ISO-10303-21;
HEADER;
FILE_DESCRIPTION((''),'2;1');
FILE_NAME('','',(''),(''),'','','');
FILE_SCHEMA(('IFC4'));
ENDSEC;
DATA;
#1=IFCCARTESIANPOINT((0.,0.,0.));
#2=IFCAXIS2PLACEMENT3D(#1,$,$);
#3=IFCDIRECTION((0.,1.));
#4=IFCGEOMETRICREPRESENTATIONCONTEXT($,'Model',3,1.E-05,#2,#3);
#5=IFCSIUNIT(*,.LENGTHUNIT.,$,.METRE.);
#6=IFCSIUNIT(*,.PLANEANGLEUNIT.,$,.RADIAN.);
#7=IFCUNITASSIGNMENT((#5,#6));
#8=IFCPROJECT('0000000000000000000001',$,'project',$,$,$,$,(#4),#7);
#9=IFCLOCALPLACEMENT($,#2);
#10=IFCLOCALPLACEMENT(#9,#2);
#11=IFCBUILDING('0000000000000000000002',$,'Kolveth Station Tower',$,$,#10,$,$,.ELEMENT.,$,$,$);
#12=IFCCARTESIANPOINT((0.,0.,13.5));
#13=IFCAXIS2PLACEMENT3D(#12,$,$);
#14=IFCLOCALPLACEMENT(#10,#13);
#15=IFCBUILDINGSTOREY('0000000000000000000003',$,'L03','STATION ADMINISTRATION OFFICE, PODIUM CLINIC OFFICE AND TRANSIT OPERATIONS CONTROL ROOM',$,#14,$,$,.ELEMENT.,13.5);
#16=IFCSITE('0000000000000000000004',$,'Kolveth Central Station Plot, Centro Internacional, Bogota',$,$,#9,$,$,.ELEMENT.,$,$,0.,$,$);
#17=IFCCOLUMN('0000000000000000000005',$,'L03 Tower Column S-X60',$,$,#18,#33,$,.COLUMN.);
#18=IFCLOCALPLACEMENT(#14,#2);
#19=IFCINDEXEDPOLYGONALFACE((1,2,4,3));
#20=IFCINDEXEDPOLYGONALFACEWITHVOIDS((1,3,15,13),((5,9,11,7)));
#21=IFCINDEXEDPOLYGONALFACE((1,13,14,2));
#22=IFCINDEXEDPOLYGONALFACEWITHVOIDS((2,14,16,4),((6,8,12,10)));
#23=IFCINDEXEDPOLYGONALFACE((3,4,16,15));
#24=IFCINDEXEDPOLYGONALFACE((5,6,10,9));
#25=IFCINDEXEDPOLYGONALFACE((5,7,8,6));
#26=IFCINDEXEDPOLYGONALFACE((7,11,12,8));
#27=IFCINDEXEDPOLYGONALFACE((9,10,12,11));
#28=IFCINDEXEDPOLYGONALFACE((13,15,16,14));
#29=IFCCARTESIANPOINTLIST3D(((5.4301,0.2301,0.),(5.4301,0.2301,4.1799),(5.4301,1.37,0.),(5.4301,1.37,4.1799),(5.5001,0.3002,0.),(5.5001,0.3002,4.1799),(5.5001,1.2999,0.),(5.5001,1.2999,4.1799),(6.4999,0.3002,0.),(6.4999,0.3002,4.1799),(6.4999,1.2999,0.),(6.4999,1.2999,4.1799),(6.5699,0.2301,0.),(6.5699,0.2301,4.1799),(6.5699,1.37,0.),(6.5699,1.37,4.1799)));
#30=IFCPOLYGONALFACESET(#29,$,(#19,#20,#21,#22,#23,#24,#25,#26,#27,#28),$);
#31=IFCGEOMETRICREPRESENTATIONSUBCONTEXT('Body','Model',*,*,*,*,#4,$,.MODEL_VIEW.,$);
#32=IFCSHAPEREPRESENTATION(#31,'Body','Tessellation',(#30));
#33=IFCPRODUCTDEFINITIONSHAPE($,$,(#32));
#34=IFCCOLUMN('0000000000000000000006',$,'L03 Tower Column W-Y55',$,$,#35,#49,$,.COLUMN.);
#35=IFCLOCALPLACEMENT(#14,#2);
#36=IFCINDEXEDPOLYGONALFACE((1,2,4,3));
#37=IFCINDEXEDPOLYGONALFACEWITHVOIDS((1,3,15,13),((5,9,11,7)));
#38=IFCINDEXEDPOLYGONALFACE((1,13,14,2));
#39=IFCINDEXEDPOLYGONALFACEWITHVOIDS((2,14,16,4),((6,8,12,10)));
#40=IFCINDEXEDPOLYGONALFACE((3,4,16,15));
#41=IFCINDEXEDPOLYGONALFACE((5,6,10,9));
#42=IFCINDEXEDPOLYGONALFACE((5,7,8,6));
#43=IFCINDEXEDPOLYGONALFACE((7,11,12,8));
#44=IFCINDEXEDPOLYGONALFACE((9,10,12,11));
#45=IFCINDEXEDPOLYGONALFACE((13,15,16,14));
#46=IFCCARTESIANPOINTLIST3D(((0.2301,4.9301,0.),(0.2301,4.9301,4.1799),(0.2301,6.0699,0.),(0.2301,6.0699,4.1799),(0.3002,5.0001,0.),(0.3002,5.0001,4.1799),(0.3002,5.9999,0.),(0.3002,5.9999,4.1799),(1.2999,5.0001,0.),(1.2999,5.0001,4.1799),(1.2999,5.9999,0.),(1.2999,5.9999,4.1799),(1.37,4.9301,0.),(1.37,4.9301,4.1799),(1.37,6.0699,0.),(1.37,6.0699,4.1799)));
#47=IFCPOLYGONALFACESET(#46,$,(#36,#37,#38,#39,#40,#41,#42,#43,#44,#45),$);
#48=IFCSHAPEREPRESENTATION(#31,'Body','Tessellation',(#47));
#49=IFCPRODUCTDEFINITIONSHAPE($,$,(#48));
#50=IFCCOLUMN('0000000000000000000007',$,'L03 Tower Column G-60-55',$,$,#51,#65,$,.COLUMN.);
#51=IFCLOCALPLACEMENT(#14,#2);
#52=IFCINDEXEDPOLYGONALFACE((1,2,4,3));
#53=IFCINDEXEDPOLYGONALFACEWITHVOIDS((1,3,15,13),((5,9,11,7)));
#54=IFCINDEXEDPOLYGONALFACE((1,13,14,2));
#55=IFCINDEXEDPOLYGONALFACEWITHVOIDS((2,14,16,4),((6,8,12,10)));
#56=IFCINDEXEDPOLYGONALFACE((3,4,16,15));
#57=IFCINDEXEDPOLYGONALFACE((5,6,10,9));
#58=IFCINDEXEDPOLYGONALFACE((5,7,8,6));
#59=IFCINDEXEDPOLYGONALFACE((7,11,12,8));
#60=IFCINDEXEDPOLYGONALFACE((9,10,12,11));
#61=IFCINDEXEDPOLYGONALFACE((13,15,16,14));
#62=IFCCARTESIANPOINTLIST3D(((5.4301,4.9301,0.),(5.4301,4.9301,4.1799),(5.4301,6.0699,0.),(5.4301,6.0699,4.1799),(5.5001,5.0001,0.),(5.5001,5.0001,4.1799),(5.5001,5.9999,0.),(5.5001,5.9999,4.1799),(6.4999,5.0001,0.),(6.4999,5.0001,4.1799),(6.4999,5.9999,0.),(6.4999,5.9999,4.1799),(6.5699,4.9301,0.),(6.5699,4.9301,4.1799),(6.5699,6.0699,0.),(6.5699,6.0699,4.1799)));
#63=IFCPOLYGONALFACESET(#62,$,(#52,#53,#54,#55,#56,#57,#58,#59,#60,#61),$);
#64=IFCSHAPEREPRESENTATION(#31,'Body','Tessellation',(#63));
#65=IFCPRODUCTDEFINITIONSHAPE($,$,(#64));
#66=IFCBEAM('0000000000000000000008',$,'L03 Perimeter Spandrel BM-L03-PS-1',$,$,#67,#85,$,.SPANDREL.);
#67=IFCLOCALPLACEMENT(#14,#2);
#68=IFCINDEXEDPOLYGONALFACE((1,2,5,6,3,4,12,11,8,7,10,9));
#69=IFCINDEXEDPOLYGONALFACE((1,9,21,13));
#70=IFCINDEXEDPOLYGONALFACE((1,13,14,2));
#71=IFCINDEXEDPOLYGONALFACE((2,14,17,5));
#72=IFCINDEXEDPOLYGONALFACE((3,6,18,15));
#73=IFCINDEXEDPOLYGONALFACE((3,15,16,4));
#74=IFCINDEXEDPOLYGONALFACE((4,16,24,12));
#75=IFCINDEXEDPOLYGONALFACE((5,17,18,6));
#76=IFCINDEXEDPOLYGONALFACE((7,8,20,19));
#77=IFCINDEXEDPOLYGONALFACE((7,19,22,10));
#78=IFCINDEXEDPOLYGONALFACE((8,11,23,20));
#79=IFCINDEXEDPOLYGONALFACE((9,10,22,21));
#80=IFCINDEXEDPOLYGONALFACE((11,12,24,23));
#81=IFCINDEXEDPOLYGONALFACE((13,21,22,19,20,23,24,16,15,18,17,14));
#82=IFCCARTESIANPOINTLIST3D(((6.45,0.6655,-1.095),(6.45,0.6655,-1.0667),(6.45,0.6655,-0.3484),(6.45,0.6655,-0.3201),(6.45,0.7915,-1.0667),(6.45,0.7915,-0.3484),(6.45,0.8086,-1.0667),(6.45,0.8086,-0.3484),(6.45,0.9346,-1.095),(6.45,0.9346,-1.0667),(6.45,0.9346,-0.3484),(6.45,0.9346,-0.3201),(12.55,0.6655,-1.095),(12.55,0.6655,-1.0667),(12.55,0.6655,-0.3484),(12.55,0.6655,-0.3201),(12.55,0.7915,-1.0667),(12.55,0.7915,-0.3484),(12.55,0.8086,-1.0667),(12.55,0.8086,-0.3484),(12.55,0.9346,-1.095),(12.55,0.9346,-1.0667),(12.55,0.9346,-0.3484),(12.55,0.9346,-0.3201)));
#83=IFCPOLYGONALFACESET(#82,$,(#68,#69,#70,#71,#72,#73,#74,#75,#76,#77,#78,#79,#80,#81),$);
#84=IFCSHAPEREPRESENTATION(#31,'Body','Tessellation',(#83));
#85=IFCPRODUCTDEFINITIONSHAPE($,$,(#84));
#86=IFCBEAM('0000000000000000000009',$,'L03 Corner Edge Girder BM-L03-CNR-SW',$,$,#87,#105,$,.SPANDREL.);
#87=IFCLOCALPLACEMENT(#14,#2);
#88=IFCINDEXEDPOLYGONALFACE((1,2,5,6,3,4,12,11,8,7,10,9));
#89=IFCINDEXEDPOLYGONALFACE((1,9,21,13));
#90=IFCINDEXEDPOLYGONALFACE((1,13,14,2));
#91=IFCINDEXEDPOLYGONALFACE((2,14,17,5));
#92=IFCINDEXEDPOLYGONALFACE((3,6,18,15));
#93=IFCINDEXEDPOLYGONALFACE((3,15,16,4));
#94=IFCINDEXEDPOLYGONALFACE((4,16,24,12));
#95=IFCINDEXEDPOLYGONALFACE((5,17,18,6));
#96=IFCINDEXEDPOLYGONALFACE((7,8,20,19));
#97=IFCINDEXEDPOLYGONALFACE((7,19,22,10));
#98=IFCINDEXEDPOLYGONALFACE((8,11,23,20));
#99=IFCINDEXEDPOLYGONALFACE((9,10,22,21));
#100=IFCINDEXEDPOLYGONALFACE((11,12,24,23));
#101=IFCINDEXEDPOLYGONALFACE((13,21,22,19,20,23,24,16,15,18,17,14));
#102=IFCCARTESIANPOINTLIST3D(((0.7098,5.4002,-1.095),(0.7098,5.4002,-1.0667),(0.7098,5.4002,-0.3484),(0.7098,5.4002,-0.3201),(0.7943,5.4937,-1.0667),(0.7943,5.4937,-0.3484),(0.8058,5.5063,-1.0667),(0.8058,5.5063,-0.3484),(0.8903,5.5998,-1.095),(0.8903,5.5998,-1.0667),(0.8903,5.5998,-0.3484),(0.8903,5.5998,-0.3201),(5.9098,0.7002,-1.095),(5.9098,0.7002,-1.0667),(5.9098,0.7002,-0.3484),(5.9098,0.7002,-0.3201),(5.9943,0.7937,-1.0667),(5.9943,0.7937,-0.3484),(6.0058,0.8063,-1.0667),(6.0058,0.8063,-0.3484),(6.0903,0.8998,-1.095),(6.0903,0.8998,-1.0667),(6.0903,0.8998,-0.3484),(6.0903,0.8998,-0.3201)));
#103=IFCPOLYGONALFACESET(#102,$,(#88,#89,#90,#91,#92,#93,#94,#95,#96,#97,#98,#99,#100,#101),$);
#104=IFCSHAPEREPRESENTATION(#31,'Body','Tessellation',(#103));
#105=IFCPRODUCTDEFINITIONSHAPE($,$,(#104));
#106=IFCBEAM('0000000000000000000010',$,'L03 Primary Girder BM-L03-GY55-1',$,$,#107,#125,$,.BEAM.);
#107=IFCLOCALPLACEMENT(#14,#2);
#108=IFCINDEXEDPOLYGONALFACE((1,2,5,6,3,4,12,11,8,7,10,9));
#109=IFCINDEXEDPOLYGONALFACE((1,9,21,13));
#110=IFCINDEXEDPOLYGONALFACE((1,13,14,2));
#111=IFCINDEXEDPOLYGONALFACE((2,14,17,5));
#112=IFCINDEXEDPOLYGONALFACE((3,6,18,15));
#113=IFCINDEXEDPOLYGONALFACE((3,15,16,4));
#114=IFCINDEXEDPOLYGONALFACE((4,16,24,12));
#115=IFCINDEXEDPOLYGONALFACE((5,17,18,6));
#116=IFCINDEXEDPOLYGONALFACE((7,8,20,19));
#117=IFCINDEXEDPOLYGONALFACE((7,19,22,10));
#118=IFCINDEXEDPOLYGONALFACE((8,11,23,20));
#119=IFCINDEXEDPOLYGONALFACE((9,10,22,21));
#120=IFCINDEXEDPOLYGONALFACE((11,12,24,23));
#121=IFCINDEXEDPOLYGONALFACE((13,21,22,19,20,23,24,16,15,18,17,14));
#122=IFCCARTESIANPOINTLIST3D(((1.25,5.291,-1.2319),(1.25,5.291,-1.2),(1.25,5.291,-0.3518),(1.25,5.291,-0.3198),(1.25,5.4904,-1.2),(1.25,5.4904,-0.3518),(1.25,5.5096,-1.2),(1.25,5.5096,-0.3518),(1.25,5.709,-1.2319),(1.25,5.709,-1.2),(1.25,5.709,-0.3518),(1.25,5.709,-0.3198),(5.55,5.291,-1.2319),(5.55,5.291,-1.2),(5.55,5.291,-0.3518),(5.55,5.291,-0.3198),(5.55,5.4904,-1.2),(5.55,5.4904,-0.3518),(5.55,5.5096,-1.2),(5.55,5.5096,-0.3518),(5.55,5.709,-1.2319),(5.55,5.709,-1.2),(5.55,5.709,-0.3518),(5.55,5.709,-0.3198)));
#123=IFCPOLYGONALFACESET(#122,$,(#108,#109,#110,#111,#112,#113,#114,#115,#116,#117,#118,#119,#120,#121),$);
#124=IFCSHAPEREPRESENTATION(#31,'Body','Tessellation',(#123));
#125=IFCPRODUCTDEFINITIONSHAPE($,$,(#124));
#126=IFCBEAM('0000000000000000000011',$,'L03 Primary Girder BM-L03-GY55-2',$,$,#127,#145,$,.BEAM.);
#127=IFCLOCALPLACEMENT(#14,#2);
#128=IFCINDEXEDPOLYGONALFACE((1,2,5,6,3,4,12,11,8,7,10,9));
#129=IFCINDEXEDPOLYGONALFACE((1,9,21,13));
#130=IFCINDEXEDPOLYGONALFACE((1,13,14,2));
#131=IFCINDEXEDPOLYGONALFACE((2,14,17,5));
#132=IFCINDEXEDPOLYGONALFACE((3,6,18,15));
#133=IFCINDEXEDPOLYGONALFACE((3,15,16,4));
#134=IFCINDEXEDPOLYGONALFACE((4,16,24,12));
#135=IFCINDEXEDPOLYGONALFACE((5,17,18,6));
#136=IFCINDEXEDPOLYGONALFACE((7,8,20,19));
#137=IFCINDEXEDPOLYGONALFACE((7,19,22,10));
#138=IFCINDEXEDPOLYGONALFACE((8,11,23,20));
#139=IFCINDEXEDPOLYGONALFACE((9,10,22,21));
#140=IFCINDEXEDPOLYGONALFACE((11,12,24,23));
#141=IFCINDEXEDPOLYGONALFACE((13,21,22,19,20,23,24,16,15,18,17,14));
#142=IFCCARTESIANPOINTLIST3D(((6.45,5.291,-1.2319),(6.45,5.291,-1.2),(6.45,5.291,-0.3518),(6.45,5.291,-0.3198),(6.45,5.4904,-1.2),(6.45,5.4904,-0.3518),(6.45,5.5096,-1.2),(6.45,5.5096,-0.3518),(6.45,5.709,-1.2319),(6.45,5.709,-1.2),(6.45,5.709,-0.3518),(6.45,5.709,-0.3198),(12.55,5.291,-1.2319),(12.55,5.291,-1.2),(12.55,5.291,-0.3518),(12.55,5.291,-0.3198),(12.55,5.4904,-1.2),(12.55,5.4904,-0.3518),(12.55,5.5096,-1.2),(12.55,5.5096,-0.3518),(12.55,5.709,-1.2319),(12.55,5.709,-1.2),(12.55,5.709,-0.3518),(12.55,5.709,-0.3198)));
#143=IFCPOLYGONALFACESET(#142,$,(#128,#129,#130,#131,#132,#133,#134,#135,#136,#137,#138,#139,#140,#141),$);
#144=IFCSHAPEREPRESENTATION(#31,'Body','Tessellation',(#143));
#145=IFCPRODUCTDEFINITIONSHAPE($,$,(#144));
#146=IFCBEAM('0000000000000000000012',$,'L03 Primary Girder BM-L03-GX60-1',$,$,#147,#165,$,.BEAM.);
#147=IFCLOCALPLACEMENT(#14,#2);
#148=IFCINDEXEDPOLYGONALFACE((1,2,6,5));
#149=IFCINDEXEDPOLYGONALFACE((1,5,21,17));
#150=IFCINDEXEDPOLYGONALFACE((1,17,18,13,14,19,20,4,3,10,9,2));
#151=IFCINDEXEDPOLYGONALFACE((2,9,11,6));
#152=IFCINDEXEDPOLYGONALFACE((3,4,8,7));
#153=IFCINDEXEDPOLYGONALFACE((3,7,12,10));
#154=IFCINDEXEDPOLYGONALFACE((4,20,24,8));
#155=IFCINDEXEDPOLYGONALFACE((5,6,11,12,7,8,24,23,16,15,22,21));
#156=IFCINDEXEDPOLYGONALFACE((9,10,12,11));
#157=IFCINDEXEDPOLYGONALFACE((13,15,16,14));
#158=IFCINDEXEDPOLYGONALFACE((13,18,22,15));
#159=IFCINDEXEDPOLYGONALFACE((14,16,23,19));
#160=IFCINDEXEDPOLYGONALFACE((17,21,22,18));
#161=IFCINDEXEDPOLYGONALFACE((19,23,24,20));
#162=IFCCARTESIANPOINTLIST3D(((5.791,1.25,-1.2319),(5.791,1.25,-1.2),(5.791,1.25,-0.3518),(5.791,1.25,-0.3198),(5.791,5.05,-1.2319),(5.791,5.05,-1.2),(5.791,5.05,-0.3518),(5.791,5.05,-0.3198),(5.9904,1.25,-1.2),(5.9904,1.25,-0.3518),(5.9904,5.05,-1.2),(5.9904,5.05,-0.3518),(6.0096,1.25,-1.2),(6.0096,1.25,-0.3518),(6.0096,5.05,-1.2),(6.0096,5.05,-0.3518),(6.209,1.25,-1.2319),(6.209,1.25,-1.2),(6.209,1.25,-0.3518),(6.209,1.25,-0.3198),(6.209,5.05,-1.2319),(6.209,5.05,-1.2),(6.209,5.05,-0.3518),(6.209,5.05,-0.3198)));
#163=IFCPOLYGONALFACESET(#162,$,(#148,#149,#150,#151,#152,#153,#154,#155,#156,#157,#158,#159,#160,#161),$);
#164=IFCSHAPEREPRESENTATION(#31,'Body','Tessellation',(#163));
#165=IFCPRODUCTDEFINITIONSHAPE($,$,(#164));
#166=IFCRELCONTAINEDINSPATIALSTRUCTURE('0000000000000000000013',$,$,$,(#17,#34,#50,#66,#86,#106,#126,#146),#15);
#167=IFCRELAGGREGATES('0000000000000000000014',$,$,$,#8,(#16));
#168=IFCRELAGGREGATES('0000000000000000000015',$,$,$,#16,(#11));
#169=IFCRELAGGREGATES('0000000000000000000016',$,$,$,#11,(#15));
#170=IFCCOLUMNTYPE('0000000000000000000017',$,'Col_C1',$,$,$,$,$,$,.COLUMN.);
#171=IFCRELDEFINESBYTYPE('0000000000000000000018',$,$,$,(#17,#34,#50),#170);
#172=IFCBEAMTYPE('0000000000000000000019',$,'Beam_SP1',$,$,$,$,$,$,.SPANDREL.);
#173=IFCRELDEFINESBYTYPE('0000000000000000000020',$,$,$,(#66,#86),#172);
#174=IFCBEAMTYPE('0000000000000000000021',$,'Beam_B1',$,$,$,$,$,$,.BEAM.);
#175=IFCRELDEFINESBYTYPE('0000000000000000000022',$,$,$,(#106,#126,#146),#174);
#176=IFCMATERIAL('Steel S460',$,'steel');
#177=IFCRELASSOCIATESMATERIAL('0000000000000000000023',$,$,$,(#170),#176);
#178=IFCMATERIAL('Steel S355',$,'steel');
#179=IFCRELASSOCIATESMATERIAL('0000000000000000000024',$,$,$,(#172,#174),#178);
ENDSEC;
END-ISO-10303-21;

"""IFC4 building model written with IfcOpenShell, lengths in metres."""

from ifc_helpers import new_model, si_unit, direction, frame, origin, origin_2d, place, context, subcontext, project, spatial, hollow_rectangle, i_section, extrude, source, transform, mapped, material, material_profile, profile_set, type_object, element, save


model = new_model("IFC4")

# Units and contexts
model_context = context("Model", 3, precision=1e-05, world=origin(), true_north=direction((0.0, 1.0)))
body_context = subcontext(model_context, "Body", "Model", "MODEL_VIEW")
ifc_project = project(units=[si_unit("LENGTHUNIT", "METRE"), si_unit("PLANEANGLEUNIT", "RADIAN")], contexts=[model_context])

# Site, building, storey
site_placement = place(None, origin())
site = spatial("IfcSite", under=ifc_project, at=site_placement, Name="Kolveth Central Station Plot, Centro Internacional, Bogota", CompositionType="ELEMENT", RefElevation=0.0)
building_placement = place(site_placement, origin())
building = spatial("IfcBuilding", under=site, at=building_placement, Name="Kolveth Station Tower", CompositionType="ELEMENT")
storey_placement = place(building_placement, frame((0.0, 0.0, 13.5)))
storey = spatial("IfcBuildingStorey", under=building, at=storey_placement, Name="L03", Description="STATION ADMINISTRATION OFFICE, PODIUM CLINIC OFFICE AND TRANSIT OPERATIONS CONTROL ROOM", CompositionType="ELEMENT", Elevation=13.5)

# Columns
ifc_material_1 = material(Name="Steel S460", Category="steel")
ifc_material_profile_1 = material_profile(ifc_material_1, hollow_rectangle(XDim=1.1399, YDim=1.1399, WallThickness=0.0701, at=origin_2d()), Name="BOX1140x1140x70")
ifc_profile_set_1 = profile_set([ifc_material_profile_1], Name="Steel S460")
column_type = type_object("IfcColumnType", Name="Col_C1", PredefinedType="COLUMN", material=ifc_profile_set_1)
shared_shape_1 = source(origin(), body_context, "Body", "SweptSolid", [
    extrude(hollow_rectangle(XDim=1.1399, YDim=1.1399, WallThickness=0.0701, at=origin_2d()), origin(), (0.0, 0.0, 1.0), 4.1799),
])
for number, where, z_axis, x_axis, name in (
    (1, (6.0, 0.8, 0.0), (0.0, 0.0, 1.0), (1.0, 0.0, 0.0), "L03 Tower Column S-X60"),
    (2, (0.8, 5.5, 0.0), (0.0, 0.0, 1.0), (1.0, 0.0, 0.0), "L03 Tower Column W-Y55"),
    (3, (6.0, 5.5, 0.0), (0.0, 0.0, 1.0), (1.0, 0.0, 0.0), "L03 Tower Column G-60-55"),
):
    element("IfcColumn", number, at=place(storey_placement, frame(where, z_axis=z_axis, x_axis=x_axis)), inside=storey, type_object=column_type, Name=name, PredefinedType="COLUMN", context=body_context, shape_type="MappedRepresentation", body=[
        mapped(shared_shape_1, transform((0.0, 0.0, 0.0), x_axis=(1.0, 0.0, 0.0), y_axis=(0.0, 1.0, 0.0), z_axis=(0.0, 0.0, 1.0), scale=1.0)),
    ])

# Beams
ifc_material_2 = material(Name="Steel S355", Category="steel")
ifc_material_profile_2 = material_profile(ifc_material_2, i_section(OverallWidth=0.269, OverallDepth=0.7749, WebThickness=0.0171, FlangeThickness=0.0283, at=origin_2d()), Name="W760x220")
ifc_profile_set_2 = profile_set([ifc_material_profile_2], Name="Steel S355")
beam_type_1 = type_object("IfcBeamType", Name="Beam_SP1", PredefinedType="SPANDREL", material=ifc_profile_set_2)
shared_shape_2 = source(origin(), body_context, "Body", "SweptSolid", [
    extrude(i_section(OverallWidth=0.269, OverallDepth=0.7749, WebThickness=0.0171, FlangeThickness=0.0283, at=origin_2d()), origin(), (0.0, 0.0, 1.0), 6.1001),
])
beam_1_placement = place(storey_placement, frame((6.45, 0.8, -0.7075), z_axis=(1.0, 0.0, 0.0), x_axis=(0.0, 1.0, 0.0)))
element("IfcBeam", 4, at=beam_1_placement, inside=storey, type_object=beam_type_1, Name="L03 Perimeter Spandrel BM-L03-PS-1", PredefinedType="SPANDREL", context=body_context, shape_type="MappedRepresentation", body=[
    mapped(shared_shape_2, transform((0.0, 0.0, 0.0), x_axis=(1.0, 0.0, 0.0), y_axis=(0.0, 1.0, 0.0), z_axis=(0.0, 0.0, 1.0), scale=1.0)),
])
shared_shape_3 = source(origin(), body_context, "Body", "SweptSolid", [
    extrude(i_section(OverallWidth=0.269, OverallDepth=0.7749, WebThickness=0.0171, FlangeThickness=0.0283, at=origin_2d()), origin(), (0.0, 0.0, 1.0), 7.0093),
])
beam_2_placement = place(storey_placement, frame((0.8, 5.5, -0.7075), z_axis=(0.741874, -0.670539, 0.0), x_axis=(0.670539, 0.741874, 0.0)))
element("IfcBeam", 5, at=beam_2_placement, inside=storey, type_object=beam_type_1, Name="L03 Corner Edge Girder BM-L03-CNR-SW", PredefinedType="SPANDREL", context=body_context, shape_type="MappedRepresentation", body=[
    mapped(shared_shape_3, transform((0.0, 0.0, 0.0), x_axis=(1.0, 0.0, 0.0), y_axis=(0.0, 1.0, 0.0), z_axis=(0.0, 0.0, 1.0), scale=1.0)),
])
ifc_material_profile_3 = material_profile(ifc_material_2, i_section(OverallWidth=0.418, OverallDepth=0.9121, WebThickness=0.0193, FlangeThickness=0.032, at=origin_2d()), Name="W920x342")
ifc_profile_set_3 = profile_set([ifc_material_profile_3], Name="Steel S355")
beam_type_2 = type_object("IfcBeamType", Name="Beam_B1", PredefinedType="BEAM", material=ifc_profile_set_3)
shared_shape_4 = source(origin(), body_context, "Body", "SweptSolid", [
    extrude(i_section(OverallWidth=0.418, OverallDepth=0.9121, WebThickness=0.0193, FlangeThickness=0.032, at=origin_2d()), origin(), (0.0, 0.0, 1.0), 4.3),
])
beam_3_placement = place(storey_placement, frame((1.25, 5.5, -0.7759), z_axis=(1.0, 0.0, 0.0), x_axis=(0.0, 1.0, 0.0)))
element("IfcBeam", 6, at=beam_3_placement, inside=storey, type_object=beam_type_2, Name="L03 Primary Girder BM-L03-GY55-1", PredefinedType="BEAM", context=body_context, shape_type="MappedRepresentation", body=[
    mapped(shared_shape_4, transform((0.0, 0.0, 0.0), x_axis=(1.0, 0.0, 0.0), y_axis=(0.0, 1.0, 0.0), z_axis=(0.0, 0.0, 1.0), scale=1.0)),
])
shared_shape_5 = source(origin(), body_context, "Body", "SweptSolid", [
    extrude(i_section(OverallWidth=0.418, OverallDepth=0.9121, WebThickness=0.0193, FlangeThickness=0.032, at=origin_2d()), origin(), (0.0, 0.0, 1.0), 6.1001),
])
beam_4_placement = place(storey_placement, frame((6.45, 5.5, -0.7759), z_axis=(1.0, 0.0, 0.0), x_axis=(0.0, 1.0, 0.0)))
element("IfcBeam", 7, at=beam_4_placement, inside=storey, type_object=beam_type_2, Name="L03 Primary Girder BM-L03-GY55-2", PredefinedType="BEAM", context=body_context, shape_type="MappedRepresentation", body=[
    mapped(shared_shape_5, transform((0.0, 0.0, 0.0), x_axis=(1.0, 0.0, 0.0), y_axis=(0.0, 1.0, 0.0), z_axis=(0.0, 0.0, 1.0), scale=1.0)),
])
shared_shape_6 = source(origin(), body_context, "Body", "SweptSolid", [
    extrude(i_section(OverallWidth=0.418, OverallDepth=0.9121, WebThickness=0.0193, FlangeThickness=0.032, at=origin_2d()), origin(), (0.0, 0.0, 1.0), 3.8),
])
beam_5_placement = place(storey_placement, frame((6.0, 1.25, -0.7759), z_axis=(0.0, 1.0, 0.0), x_axis=(-1.0, 0.0, 0.0)))
element("IfcBeam", 8, at=beam_5_placement, inside=storey, type_object=beam_type_2, Name="L03 Primary Girder BM-L03-GX60-1", PredefinedType="BEAM", context=body_context, shape_type="MappedRepresentation", body=[
    mapped(shared_shape_6, transform((0.0, 0.0, 0.0), x_axis=(1.0, 0.0, 0.0), y_axis=(0.0, 1.0, 0.0), z_axis=(0.0, 0.0, 1.0), scale=1.0)),
])

save(model, "model.ifc")
